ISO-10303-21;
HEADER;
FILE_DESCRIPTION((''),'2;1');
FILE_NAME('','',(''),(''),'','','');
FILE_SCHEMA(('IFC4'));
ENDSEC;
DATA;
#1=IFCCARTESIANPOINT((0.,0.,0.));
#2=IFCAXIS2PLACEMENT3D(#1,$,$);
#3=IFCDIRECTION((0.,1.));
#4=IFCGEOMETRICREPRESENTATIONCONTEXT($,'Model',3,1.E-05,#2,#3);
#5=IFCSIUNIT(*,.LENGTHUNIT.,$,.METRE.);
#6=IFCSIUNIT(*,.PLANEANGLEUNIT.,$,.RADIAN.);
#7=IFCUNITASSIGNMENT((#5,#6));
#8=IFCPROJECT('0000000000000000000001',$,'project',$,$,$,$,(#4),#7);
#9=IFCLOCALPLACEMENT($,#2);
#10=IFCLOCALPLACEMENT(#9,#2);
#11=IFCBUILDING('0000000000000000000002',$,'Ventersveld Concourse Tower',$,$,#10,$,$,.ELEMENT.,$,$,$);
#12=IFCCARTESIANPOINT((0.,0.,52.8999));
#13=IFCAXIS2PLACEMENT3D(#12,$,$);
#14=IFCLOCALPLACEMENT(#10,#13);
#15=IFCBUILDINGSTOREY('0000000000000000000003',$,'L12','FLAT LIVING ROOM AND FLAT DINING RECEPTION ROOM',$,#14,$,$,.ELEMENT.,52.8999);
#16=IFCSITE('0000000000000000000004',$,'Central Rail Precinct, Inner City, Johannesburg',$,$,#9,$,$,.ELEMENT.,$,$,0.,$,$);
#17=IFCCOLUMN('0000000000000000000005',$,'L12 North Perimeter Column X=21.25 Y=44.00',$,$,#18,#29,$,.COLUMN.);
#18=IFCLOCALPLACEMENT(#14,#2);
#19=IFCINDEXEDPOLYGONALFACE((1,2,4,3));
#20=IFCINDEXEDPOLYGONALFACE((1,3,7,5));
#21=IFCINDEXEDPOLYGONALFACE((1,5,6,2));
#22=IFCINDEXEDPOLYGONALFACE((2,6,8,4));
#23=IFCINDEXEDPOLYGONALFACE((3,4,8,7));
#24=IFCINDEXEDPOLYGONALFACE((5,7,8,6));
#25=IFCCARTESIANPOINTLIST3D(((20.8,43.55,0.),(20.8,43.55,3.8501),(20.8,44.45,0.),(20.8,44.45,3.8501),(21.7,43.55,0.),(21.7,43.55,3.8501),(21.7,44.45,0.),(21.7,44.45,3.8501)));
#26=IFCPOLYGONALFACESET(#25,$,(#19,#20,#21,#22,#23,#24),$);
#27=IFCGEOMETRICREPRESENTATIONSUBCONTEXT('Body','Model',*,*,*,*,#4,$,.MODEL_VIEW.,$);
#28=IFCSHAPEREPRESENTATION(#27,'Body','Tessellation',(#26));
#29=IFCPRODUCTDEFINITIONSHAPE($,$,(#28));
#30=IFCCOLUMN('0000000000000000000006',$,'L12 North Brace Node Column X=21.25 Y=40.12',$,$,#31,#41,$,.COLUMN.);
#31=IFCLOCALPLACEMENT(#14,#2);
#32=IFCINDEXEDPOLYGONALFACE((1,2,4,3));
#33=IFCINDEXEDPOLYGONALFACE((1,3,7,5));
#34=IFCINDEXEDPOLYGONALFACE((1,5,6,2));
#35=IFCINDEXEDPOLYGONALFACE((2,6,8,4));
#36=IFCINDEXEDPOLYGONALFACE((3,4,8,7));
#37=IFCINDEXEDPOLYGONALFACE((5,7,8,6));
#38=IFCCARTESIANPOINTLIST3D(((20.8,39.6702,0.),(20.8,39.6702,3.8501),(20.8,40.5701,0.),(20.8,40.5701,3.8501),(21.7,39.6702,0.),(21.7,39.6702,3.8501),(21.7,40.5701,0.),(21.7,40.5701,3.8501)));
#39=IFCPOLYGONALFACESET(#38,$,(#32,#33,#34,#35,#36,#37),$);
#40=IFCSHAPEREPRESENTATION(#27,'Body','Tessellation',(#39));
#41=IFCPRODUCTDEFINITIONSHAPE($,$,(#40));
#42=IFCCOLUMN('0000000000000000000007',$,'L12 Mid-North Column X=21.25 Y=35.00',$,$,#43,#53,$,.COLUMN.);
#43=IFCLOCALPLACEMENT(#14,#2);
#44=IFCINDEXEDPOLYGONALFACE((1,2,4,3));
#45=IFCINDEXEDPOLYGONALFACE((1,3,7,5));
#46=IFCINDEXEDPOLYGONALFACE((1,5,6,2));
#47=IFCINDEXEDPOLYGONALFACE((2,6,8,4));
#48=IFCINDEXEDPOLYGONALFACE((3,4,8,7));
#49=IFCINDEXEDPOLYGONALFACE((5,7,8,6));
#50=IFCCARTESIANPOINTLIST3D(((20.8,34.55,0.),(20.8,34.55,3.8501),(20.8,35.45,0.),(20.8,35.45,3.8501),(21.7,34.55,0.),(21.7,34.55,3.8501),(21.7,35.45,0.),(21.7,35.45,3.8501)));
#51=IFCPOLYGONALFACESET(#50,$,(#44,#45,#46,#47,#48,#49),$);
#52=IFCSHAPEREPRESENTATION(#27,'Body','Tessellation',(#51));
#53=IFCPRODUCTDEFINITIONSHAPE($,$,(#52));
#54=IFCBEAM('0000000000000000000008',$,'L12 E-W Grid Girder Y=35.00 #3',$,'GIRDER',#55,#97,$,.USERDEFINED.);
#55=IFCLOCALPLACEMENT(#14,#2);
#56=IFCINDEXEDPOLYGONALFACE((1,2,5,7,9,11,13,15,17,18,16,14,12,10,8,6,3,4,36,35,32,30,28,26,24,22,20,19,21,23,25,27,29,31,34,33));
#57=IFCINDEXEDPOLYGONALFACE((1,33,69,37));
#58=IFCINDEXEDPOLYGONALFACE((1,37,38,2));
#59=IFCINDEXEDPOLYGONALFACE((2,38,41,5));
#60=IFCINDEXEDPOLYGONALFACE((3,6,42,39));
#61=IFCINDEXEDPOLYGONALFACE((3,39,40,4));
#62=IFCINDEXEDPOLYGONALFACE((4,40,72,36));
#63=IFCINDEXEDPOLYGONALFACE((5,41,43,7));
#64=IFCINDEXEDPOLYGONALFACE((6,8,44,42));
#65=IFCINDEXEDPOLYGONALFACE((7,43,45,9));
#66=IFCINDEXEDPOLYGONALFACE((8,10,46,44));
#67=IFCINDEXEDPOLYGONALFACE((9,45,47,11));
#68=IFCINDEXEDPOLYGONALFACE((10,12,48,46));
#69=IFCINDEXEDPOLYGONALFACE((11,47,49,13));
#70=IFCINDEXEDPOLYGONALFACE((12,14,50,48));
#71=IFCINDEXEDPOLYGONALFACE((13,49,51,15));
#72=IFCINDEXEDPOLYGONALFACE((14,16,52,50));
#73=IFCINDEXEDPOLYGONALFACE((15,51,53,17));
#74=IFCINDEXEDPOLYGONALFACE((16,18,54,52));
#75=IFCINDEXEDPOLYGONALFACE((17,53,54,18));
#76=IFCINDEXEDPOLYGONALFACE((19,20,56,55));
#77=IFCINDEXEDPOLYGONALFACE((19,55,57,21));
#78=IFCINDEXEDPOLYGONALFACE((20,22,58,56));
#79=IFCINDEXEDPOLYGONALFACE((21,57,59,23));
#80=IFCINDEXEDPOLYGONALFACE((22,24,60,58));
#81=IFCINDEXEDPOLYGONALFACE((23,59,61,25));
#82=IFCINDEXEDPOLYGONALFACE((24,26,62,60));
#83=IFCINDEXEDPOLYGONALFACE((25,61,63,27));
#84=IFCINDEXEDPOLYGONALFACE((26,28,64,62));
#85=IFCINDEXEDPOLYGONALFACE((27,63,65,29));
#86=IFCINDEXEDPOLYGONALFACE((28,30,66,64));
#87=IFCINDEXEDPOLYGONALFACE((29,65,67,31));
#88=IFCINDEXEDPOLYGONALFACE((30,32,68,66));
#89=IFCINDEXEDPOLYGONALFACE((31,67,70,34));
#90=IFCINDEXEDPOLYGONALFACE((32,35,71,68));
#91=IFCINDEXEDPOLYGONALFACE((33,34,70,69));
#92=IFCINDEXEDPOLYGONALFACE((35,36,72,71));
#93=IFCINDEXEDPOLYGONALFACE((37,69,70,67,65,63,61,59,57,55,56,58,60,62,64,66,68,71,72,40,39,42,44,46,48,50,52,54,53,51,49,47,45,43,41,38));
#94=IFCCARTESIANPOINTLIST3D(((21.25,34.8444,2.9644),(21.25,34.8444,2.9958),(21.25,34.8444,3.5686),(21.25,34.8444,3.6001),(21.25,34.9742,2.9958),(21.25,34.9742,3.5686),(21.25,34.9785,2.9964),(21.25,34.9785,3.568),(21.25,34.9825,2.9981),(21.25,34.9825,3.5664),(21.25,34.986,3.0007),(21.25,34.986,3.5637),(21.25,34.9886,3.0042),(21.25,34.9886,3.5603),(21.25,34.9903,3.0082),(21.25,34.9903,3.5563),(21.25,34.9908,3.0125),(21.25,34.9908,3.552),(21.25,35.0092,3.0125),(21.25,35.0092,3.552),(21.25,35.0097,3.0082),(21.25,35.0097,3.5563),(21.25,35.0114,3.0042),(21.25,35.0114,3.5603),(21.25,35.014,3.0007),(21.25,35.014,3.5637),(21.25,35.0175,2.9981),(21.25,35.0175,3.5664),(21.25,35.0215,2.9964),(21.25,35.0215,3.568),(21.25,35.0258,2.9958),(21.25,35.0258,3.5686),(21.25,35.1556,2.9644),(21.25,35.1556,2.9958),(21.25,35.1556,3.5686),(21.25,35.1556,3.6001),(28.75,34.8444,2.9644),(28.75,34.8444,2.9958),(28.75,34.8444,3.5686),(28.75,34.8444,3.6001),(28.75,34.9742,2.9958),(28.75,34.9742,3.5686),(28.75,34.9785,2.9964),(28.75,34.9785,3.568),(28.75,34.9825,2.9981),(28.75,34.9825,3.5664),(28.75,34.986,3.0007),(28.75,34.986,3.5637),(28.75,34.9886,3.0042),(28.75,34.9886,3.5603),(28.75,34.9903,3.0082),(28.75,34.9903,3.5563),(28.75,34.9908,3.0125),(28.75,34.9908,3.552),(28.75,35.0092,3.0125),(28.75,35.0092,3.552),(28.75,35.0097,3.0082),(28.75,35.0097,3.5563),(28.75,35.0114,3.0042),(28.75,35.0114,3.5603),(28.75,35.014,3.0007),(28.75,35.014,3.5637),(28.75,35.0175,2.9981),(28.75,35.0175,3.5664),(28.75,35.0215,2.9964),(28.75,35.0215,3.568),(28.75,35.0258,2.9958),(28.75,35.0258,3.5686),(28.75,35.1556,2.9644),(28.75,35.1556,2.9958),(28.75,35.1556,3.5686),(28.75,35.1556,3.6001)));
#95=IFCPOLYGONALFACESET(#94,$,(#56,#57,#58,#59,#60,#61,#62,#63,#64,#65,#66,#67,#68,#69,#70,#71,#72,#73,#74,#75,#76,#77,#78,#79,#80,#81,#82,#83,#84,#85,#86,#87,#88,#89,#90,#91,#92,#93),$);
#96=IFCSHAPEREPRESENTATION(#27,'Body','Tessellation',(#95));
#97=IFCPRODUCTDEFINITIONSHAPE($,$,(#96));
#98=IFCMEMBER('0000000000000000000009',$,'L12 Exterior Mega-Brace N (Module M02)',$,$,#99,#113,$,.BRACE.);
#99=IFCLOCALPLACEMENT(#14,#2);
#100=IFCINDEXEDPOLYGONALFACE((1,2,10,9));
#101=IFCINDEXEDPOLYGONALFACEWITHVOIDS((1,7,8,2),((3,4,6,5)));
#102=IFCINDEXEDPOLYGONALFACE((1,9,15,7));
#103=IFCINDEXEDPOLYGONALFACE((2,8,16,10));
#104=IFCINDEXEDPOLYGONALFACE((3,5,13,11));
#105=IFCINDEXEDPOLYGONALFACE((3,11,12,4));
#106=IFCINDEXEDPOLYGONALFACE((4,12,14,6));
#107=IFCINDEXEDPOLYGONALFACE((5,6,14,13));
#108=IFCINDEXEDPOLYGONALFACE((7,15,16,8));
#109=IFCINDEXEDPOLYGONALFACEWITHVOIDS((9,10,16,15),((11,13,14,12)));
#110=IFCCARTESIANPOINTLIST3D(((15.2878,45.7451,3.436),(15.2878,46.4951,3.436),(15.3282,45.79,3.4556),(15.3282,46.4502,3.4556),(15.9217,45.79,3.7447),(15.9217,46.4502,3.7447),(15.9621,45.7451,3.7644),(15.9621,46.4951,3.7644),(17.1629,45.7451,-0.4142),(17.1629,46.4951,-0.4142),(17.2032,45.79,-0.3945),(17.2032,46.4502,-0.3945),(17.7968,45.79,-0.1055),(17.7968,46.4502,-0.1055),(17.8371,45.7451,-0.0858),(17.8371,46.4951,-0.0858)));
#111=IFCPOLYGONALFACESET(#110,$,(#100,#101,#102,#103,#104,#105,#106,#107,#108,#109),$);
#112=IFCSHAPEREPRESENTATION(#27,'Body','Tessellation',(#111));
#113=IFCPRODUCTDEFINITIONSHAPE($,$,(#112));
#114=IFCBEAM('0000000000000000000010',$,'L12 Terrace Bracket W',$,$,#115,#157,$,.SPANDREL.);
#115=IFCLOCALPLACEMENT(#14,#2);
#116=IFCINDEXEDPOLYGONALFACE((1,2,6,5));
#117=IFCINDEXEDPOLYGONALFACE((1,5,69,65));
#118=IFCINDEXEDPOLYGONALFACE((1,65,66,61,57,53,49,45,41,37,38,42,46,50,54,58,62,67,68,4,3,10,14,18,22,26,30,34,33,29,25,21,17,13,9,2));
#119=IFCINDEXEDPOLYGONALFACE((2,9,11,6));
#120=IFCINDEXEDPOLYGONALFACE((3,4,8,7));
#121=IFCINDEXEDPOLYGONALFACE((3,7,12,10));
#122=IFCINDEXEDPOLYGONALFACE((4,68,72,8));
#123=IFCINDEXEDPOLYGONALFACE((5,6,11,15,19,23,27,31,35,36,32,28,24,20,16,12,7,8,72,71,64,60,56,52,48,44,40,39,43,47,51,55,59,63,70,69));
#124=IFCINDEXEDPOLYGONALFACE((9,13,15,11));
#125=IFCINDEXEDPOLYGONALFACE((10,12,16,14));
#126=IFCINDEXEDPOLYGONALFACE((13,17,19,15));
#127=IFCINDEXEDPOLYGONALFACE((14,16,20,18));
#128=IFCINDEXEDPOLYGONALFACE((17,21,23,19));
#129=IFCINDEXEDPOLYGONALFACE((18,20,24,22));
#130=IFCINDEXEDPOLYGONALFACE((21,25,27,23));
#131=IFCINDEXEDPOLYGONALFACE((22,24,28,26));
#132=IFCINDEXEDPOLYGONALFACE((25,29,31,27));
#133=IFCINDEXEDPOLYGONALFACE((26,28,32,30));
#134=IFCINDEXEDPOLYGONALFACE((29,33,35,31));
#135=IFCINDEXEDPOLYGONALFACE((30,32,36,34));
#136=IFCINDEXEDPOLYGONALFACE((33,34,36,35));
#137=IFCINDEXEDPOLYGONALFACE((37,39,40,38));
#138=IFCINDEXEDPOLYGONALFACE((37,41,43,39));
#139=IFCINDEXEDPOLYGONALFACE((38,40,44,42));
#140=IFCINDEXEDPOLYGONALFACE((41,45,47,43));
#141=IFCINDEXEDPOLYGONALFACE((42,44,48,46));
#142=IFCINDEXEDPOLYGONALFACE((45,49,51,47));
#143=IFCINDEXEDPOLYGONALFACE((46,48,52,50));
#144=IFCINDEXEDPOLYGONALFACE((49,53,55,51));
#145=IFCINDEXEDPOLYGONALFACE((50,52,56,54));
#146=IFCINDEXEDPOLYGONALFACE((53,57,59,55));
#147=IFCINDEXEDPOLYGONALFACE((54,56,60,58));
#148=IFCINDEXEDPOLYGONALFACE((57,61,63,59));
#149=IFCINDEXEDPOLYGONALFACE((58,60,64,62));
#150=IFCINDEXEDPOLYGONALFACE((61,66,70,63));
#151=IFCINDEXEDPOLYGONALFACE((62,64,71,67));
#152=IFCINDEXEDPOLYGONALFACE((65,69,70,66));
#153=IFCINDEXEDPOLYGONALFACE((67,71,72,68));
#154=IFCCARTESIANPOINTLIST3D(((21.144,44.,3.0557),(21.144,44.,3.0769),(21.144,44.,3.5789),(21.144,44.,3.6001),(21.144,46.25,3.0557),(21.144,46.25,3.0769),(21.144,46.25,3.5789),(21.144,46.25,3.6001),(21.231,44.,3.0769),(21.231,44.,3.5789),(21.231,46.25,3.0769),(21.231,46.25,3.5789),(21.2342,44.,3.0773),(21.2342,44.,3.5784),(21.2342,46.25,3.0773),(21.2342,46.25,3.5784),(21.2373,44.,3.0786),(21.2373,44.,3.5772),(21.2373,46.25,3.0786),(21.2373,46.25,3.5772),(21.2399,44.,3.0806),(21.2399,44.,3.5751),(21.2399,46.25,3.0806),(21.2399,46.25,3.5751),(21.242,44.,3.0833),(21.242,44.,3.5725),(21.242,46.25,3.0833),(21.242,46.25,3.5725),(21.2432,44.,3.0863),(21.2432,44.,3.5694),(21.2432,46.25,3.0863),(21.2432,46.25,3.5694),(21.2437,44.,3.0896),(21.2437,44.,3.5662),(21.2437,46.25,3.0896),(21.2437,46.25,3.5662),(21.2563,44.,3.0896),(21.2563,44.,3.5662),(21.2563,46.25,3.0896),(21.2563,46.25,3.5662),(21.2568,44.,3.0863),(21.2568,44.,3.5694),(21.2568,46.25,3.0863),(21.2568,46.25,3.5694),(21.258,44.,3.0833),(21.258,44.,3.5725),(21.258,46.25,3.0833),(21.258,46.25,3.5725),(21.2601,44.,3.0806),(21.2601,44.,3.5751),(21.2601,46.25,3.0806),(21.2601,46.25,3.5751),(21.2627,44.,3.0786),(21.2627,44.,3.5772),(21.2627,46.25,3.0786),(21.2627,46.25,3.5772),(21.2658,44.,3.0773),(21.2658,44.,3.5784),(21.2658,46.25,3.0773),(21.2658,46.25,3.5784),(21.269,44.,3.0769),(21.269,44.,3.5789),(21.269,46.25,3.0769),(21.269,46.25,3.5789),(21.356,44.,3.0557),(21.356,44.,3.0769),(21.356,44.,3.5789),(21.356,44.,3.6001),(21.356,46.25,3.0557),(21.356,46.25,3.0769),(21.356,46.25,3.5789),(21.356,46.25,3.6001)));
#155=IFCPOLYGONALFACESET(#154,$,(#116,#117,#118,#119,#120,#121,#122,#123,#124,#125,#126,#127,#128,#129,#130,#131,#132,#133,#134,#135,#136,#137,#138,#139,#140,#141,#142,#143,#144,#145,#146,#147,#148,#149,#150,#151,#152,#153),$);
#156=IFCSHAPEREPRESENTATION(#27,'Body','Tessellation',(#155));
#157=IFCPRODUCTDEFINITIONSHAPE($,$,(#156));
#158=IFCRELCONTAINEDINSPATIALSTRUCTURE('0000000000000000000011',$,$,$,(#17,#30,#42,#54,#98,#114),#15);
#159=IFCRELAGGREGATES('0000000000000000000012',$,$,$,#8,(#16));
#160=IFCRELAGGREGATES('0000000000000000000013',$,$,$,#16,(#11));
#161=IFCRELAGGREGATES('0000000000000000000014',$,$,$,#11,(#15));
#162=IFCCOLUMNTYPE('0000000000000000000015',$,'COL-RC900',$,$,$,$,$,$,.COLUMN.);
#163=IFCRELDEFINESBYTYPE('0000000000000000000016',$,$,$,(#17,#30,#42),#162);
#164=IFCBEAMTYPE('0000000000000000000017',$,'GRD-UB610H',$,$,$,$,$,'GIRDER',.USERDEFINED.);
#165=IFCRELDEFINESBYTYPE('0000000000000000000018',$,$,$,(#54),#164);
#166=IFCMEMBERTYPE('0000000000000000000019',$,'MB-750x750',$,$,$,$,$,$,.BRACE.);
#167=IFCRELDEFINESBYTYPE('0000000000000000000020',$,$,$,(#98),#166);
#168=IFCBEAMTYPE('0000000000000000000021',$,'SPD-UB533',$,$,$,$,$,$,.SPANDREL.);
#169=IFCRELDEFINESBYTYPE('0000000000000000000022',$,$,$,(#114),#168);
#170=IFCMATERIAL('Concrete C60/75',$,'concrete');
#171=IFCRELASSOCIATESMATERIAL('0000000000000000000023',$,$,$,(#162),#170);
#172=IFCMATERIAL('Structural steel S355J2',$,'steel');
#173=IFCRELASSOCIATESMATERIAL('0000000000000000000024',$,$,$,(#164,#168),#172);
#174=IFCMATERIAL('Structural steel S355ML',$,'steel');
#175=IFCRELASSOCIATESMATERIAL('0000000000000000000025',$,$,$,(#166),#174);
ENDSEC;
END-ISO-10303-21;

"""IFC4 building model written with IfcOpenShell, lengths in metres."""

from ifc_helpers import new_model, si_unit, direction, frame, origin, origin_2d, place, context, subcontext, project, spatial, rectangle, hollow_rectangle, i_section, extrude, material, material_profile, profile_set, type_object, element, save


model = new_model("IFC4")

# Units and contexts
model_context = context("Model", 3, precision=1e-05, world=origin(), true_north=direction((0.0, 1.0)))
body_context = subcontext(model_context, "Body", "Model", "MODEL_VIEW")
ifc_project = project(units=[si_unit("LENGTHUNIT", "METRE"), si_unit("PLANEANGLEUNIT", "RADIAN")], contexts=[model_context])

# Site, building, storey
site_placement = place(None, origin())
site = spatial("IfcSite", under=ifc_project, at=site_placement, Name="Central Rail Precinct, Inner City, Johannesburg", CompositionType="ELEMENT", RefElevation=0.0)
building_placement = place(site_placement, origin())
building = spatial("IfcBuilding", under=site, at=building_placement, Name="Ventersveld Concourse Tower", CompositionType="ELEMENT")
storey_placement = place(building_placement, frame((0.0, 0.0, 52.8999)))
storey = spatial("IfcBuildingStorey", under=building, at=storey_placement, Name="L12", Description="FLAT LIVING ROOM AND FLAT DINING RECEPTION ROOM", CompositionType="ELEMENT", Elevation=52.8999)

# Columns
ifc_material_1 = material(Name="Concrete C60/75", Category="concrete")
ifc_material_profile_1 = material_profile(ifc_material_1, rectangle(XDim=0.8999, YDim=0.8999, at=origin_2d()), Name="RC 900x900")
ifc_profile_set_1 = profile_set([ifc_material_profile_1], Name="Concrete C60/75")
column_type = type_object("IfcColumnType", Name="COL-RC900", PredefinedType="COLUMN", material=ifc_profile_set_1)
for number, where, z_axis, x_axis, name in (
    (1, (21.25, 44.0, 0.0), (0.0, 0.0, 1.0), (1.0, 0.0, 0.0), "L12 North Perimeter Column X=21.25 Y=44.00"),
    (2, (21.25, 40.1201, 0.0), (0.0, 0.0, 1.0), (1.0, 0.0, 0.0), "L12 North Brace Node Column X=21.25 Y=40.12"),
    (3, (21.25, 35.0, 0.0), (0.0, 0.0, 1.0), (1.0, 0.0, 0.0), "L12 Mid-North Column X=21.25 Y=35.00"),
):
    element("IfcColumn", number, at=place(storey_placement, frame(where, z_axis=z_axis, x_axis=x_axis)), inside=storey, type_object=column_type, Name=name, PredefinedType="COLUMN", context=body_context, shape_type="SweptSolid", body=[
        extrude(rectangle(XDim=0.8999, YDim=0.8999, at=origin_2d()), origin(), (0.0, 0.0, 1.0), 3.8501),
    ])

# Beam
ifc_material_2 = material(Name="Structural steel S355J2", Category="steel")
ifc_material_profile_2 = material_profile(ifc_material_2, i_section(OverallWidth=0.3113, OverallDepth=0.6357, WebThickness=0.0183, FlangeThickness=0.0315, FilletRadius=0.0166, at=origin_2d()), Name="UB 610x305x238")
ifc_profile_set_2 = profile_set([ifc_material_profile_2], Name="Structural steel S355J2")
beam_type_1 = type_object("IfcBeamType", Name="GRD-UB610H", ElementType="GIRDER", PredefinedType="USERDEFINED", material=ifc_profile_set_2)
beam_1_placement = place(storey_placement, frame((21.25, 35.0, 3.2822), z_axis=(1.0, 0.0, 0.0), x_axis=(0.0, 1.0, 0.0)))
element("IfcBeam", 4, at=beam_1_placement, inside=storey, type_object=beam_type_1, Name="L12 E-W Grid Girder Y=35.00 #3", ObjectType="GIRDER", PredefinedType="USERDEFINED", context=body_context, shape_type="SweptSolid", body=[
    extrude(i_section(OverallWidth=0.3113, OverallDepth=0.6357, WebThickness=0.0183, FlangeThickness=0.0315, FilletRadius=0.0166, at=origin_2d()), origin(), (0.0, 0.0, 1.0), 7.5),
])

# Member
ifc_material_3 = material(Name="Structural steel S355ML", Category="steel")
ifc_material_profile_3 = material_profile(ifc_material_3, hollow_rectangle(XDim=0.75, YDim=0.75, WallThickness=0.0449, at=origin_2d()), Name="BOX 750x750x45")
ifc_profile_set_3 = profile_set([ifc_material_profile_3], Name="Structural steel S355ML")
member_type = type_object("IfcMemberType", Name="MB-750x750", PredefinedType="BRACE", material=ifc_profile_set_3)
member_placement = place(storey_placement, frame((17.5, 46.1201, -0.25), z_axis=(-0.437839, 0.0, 0.899053), x_axis=(0.0, -1.0, 0.0)))
element("IfcMember", 5, at=member_placement, inside=storey, type_object=member_type, Name="L12 Exterior Mega-Brace N (Module M02)", PredefinedType="BRACE", context=body_context, shape_type="SweptSolid", body=[
    extrude(hollow_rectangle(XDim=0.75, YDim=0.75, WallThickness=0.0449, at=origin_2d()), origin(), (0.0, 0.0, 1.0), 4.2825),
])

# Beam
ifc_material_profile_4 = material_profile(ifc_material_2, i_section(OverallWidth=0.2119, OverallDepth=0.5444, WebThickness=0.0127, FlangeThickness=0.0212, FilletRadius=0.0127, at=origin_2d()), Name="UB 533x210x122")
ifc_profile_set_4 = profile_set([ifc_material_profile_4], Name="Structural steel S355J2")
beam_type_2 = type_object("IfcBeamType", Name="SPD-UB533", PredefinedType="SPANDREL", material=ifc_profile_set_4)
beam_2_placement = place(storey_placement, frame((21.25, 44.0, 3.3279), z_axis=(0.0, 1.0, 0.0), x_axis=(-1.0, 0.0, 0.0)))
element("IfcBeam", 6, at=beam_2_placement, inside=storey, type_object=beam_type_2, Name="L12 Terrace Bracket W", PredefinedType="SPANDREL", context=body_context, shape_type="SweptSolid", body=[
    extrude(i_section(OverallWidth=0.2119, OverallDepth=0.5444, WebThickness=0.0127, FlangeThickness=0.0212, FilletRadius=0.0127, at=origin_2d()), origin(), (0.0, 0.0, 1.0), 2.25),
])

save(model, "model.ifc")
